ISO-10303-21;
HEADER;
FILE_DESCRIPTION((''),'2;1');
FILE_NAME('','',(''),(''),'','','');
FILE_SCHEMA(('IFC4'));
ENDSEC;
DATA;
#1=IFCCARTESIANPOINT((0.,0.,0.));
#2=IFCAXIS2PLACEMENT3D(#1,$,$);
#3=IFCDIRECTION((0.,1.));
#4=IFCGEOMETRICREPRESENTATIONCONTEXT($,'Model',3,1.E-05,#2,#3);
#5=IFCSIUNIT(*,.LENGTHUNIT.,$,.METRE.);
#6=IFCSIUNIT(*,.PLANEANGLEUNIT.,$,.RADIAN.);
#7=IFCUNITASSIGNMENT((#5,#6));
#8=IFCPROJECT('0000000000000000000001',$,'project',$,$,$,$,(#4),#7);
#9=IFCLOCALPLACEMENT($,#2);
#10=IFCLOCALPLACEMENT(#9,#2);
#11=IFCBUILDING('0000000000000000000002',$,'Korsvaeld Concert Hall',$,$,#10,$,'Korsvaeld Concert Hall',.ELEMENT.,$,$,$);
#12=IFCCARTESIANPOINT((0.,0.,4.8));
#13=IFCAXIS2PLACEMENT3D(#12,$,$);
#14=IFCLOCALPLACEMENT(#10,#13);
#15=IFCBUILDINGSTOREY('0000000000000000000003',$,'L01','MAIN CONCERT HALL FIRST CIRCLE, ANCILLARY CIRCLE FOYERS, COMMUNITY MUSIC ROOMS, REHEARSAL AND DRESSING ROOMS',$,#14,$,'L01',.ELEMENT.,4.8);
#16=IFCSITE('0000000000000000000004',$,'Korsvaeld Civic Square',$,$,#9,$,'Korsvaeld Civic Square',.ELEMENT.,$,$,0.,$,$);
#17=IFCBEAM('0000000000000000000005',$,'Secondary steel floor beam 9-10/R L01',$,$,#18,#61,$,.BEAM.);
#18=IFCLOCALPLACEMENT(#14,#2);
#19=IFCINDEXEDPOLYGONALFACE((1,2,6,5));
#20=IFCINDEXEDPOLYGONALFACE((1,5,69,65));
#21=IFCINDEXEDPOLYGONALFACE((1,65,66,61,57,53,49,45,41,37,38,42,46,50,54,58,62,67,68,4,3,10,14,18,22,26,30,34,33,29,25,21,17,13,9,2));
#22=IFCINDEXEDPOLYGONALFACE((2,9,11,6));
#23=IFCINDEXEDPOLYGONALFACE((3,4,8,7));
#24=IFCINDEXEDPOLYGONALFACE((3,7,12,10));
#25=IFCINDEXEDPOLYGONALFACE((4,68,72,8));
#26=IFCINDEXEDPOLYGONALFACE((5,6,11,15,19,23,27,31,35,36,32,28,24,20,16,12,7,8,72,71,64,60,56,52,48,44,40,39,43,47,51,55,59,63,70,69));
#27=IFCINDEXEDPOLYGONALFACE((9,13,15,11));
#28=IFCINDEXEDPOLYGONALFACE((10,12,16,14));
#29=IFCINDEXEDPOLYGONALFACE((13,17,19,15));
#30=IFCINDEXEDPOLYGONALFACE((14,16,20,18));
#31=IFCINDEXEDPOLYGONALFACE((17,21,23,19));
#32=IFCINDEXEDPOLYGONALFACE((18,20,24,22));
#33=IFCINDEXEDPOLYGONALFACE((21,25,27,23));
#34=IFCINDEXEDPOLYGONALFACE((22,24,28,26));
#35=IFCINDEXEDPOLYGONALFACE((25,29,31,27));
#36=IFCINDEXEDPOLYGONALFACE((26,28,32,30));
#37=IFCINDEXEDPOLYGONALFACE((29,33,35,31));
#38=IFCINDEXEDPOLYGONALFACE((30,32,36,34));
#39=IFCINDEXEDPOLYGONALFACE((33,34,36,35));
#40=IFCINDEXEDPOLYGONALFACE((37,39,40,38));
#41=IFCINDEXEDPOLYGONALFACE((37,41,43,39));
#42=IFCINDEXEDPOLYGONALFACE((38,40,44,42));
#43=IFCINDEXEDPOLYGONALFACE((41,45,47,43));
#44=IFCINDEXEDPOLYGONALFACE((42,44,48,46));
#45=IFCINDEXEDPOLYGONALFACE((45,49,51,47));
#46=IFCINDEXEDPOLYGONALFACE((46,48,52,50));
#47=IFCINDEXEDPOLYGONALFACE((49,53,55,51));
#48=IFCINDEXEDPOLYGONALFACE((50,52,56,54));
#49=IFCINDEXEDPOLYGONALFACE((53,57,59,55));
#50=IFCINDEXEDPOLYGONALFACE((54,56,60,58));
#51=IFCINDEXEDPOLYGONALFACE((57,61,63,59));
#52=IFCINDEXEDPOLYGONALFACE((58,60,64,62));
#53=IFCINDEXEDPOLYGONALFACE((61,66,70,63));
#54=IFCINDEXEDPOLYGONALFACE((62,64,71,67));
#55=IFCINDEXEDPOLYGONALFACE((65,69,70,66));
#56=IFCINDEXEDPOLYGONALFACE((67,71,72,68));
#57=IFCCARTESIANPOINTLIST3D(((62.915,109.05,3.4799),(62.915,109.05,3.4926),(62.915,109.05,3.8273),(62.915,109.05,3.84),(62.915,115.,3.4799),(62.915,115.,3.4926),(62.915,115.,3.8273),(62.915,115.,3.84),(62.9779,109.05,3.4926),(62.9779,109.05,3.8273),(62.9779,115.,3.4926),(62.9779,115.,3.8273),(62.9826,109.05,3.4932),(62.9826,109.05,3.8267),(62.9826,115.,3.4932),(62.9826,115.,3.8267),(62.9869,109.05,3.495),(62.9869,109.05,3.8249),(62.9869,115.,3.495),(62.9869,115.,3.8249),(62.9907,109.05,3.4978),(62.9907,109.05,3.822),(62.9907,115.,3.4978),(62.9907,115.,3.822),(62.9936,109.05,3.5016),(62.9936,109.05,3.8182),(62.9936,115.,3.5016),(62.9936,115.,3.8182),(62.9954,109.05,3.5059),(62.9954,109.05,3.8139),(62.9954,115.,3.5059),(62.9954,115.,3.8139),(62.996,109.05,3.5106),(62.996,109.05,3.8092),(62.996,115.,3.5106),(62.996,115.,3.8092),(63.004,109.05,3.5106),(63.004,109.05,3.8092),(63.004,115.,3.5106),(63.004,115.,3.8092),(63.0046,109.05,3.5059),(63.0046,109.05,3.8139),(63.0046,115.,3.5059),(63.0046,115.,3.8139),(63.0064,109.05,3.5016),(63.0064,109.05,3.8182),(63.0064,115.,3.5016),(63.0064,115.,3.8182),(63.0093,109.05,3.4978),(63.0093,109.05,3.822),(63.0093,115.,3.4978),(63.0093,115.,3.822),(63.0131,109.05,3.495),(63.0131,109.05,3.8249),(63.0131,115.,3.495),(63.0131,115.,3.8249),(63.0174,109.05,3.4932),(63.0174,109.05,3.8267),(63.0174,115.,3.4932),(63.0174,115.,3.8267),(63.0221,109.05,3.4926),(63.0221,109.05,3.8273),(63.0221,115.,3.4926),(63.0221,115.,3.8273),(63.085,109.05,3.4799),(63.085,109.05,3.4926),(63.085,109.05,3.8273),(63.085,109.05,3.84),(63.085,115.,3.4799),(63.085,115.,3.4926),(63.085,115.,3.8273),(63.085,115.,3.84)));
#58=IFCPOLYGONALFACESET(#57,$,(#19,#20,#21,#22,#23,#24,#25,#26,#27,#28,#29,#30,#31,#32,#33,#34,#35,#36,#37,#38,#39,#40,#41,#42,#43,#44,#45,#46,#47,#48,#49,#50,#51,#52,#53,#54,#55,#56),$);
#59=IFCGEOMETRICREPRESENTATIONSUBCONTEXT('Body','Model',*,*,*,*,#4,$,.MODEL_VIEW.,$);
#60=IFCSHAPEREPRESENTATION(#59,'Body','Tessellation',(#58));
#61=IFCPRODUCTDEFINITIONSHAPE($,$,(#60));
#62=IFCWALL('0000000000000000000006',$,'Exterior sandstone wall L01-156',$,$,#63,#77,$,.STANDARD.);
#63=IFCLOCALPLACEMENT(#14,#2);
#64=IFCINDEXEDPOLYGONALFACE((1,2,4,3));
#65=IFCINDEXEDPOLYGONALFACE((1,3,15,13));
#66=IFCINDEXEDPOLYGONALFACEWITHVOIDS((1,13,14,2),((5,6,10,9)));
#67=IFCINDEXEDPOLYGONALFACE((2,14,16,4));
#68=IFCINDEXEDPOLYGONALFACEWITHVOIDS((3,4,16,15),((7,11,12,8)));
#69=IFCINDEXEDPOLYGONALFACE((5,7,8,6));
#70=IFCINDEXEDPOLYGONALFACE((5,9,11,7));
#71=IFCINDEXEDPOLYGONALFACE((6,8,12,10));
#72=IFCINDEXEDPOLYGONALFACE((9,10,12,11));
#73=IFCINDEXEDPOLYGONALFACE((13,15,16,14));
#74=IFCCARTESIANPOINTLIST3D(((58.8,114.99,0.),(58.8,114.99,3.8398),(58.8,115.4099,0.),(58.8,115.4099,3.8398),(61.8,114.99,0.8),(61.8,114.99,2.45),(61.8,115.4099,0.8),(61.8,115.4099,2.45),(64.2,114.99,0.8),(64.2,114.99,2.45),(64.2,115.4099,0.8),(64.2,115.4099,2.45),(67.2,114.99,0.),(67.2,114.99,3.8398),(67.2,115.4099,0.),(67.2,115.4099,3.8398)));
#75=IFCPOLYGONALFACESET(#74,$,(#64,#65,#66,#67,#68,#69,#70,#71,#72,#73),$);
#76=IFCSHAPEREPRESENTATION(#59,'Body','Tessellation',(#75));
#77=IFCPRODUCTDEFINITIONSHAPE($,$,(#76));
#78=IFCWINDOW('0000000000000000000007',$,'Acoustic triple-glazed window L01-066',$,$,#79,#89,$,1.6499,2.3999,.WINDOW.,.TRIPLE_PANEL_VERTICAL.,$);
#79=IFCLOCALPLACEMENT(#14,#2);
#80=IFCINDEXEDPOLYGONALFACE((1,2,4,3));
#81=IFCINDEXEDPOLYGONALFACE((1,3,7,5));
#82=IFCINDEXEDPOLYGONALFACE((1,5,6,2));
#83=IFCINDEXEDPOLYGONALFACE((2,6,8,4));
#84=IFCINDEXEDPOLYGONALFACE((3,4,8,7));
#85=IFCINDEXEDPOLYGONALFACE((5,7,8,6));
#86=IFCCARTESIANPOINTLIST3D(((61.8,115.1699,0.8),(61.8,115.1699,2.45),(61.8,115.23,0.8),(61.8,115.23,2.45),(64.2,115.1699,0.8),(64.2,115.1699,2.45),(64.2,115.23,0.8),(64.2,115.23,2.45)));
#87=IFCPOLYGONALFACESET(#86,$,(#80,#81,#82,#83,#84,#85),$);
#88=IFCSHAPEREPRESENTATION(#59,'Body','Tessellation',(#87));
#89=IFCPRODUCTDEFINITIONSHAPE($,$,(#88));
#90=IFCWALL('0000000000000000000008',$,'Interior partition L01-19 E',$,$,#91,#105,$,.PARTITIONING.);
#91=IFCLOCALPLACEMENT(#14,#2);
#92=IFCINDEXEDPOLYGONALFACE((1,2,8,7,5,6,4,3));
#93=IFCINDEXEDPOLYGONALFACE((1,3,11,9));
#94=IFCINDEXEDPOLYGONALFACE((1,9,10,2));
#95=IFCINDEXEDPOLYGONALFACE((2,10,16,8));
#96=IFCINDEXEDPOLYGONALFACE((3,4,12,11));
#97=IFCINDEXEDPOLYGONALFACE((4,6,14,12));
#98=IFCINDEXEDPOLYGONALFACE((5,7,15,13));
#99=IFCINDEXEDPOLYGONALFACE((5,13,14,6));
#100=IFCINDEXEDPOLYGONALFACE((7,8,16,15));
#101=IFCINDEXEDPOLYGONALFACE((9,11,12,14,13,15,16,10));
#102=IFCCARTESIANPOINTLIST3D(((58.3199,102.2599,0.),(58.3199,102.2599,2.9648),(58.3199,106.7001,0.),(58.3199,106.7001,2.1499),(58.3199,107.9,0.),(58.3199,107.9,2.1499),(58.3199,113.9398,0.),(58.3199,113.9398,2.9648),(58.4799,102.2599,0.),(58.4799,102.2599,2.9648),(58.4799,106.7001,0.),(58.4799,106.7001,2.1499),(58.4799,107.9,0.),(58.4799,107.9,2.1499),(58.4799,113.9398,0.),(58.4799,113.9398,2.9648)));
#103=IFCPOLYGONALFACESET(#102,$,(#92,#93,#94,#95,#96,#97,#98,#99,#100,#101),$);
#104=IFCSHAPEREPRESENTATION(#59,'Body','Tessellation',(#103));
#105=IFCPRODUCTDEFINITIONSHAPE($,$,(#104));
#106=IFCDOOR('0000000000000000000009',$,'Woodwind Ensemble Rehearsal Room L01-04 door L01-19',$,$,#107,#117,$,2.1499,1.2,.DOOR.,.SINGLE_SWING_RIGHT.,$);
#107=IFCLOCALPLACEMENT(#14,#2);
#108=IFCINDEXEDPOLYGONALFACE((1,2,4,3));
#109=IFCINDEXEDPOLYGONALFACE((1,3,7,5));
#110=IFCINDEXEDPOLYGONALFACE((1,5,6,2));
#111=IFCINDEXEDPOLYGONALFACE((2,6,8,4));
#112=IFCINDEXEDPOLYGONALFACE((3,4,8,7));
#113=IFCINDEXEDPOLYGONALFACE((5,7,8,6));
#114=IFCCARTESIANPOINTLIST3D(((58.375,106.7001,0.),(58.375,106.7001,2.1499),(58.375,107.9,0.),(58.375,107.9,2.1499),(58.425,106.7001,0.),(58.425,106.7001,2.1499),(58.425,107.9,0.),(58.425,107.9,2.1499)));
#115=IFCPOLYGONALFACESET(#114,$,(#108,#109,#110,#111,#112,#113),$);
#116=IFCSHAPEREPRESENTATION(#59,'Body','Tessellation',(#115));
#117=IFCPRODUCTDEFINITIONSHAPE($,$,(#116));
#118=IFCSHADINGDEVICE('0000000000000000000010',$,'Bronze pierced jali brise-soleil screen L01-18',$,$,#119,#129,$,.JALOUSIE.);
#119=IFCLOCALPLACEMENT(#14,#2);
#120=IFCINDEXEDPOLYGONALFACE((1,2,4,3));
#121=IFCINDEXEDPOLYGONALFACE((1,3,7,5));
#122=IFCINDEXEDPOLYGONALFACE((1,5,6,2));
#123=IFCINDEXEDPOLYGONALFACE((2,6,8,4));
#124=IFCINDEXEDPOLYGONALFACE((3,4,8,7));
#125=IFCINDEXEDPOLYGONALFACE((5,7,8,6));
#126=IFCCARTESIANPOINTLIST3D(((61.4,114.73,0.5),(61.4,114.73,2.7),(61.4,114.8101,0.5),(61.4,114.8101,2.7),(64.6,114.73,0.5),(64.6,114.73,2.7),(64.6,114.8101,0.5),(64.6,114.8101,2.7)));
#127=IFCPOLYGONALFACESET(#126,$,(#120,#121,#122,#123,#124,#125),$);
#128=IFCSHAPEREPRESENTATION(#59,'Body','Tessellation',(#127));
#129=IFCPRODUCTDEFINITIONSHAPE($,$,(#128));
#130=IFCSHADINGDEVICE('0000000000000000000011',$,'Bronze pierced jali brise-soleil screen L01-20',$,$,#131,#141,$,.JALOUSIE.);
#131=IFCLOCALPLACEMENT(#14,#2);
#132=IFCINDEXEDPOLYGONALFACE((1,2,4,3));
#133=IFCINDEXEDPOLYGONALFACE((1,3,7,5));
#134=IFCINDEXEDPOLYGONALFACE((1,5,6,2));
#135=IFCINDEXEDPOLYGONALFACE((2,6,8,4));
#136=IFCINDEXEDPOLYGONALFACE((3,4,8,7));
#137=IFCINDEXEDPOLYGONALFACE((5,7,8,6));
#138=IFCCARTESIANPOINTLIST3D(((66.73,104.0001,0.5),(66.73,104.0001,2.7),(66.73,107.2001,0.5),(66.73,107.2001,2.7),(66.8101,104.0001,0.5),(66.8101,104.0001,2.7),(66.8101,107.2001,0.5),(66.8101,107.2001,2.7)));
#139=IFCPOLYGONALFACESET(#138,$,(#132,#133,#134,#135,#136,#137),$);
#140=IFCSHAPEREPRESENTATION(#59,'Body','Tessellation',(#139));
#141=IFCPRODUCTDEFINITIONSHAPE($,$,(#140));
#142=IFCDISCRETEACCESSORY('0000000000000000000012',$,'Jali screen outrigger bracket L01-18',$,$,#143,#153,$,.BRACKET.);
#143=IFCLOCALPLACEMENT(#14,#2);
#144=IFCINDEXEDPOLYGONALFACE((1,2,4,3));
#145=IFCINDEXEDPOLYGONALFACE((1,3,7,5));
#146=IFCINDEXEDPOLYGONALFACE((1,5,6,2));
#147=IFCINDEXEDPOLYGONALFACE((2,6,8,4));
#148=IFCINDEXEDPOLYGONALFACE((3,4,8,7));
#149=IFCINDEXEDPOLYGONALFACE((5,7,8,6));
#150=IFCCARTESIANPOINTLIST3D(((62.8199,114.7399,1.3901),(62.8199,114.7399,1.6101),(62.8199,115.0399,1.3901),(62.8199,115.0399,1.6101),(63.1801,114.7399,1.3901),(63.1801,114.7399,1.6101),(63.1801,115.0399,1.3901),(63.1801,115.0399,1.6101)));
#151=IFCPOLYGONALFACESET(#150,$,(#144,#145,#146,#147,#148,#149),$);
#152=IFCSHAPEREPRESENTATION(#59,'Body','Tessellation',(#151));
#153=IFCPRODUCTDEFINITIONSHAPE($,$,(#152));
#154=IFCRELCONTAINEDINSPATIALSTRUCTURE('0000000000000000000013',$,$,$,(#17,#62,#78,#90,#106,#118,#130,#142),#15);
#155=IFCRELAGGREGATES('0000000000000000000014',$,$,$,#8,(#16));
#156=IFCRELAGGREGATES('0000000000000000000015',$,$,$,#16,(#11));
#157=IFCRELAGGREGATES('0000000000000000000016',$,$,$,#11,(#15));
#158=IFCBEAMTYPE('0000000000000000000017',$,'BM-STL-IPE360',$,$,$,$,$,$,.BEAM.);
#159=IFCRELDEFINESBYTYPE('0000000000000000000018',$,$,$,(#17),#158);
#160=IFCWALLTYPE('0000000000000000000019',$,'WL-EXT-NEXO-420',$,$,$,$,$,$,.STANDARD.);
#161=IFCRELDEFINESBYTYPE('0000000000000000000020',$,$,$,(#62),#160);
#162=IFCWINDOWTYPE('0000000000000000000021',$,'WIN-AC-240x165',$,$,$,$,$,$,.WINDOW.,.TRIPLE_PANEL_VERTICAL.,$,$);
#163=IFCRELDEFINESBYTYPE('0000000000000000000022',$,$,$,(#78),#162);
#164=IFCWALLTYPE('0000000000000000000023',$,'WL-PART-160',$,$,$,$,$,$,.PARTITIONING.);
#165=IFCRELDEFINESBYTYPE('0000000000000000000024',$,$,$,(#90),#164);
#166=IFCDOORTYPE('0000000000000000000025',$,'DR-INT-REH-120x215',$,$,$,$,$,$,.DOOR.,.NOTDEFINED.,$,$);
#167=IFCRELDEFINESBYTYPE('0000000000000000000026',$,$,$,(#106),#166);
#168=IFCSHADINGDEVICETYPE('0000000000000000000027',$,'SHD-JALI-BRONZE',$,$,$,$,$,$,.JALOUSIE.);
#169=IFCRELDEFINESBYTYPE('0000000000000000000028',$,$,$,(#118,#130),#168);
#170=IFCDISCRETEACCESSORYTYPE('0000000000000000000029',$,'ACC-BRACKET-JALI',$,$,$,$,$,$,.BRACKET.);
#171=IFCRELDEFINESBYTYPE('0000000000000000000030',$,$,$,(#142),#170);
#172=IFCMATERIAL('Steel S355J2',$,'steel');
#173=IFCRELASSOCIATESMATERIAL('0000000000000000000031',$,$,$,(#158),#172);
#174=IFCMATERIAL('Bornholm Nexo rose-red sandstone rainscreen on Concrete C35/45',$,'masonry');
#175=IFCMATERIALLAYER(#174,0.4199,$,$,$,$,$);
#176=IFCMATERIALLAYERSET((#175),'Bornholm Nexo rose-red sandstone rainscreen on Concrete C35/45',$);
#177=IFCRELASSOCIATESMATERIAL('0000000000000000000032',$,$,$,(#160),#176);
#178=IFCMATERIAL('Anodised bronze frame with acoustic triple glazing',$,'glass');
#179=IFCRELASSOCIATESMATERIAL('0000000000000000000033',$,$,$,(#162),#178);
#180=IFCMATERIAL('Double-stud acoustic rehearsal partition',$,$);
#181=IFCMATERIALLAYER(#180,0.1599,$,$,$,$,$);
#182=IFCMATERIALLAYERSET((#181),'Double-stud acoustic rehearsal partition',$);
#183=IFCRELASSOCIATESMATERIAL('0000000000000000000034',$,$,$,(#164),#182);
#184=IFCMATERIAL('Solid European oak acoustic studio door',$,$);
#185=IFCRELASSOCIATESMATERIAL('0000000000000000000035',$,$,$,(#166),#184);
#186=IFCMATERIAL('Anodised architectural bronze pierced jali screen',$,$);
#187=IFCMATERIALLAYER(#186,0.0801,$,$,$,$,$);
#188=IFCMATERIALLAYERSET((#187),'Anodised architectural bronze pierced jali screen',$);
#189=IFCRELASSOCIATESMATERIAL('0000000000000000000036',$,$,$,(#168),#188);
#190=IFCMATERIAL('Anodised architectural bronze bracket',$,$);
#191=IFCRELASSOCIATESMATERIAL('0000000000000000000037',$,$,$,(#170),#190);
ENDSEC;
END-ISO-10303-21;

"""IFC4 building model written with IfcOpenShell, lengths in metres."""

from ifc_helpers import new_model, si_unit, direction, frame, frame_2d, origin, origin_2d, place, context, subcontext, project, spatial, rectangle, i_section, extrude, material, layer, layer_set, material_profile, profile_set, type_object, element, fill, save


model = new_model("IFC4")

# Units and contexts
model_context = context("Model", 3, precision=1e-05, world=origin(), true_north=direction((0.0, 1.0)))
body_context = subcontext(model_context, "Body", "Model", "MODEL_VIEW")
ifc_project = project(units=[si_unit("LENGTHUNIT", "METRE"), si_unit("PLANEANGLEUNIT", "RADIAN")], contexts=[model_context])

# Site, building, storey
site_placement = place(None, origin())
site = spatial("IfcSite", under=ifc_project, at=site_placement, Name="Korsvaeld Civic Square", LongName="Korsvaeld Civic Square", CompositionType="ELEMENT", RefElevation=0.0)
building_placement = place(site_placement, origin())
building = spatial("IfcBuilding", under=site, at=building_placement, Name="Korsvaeld Concert Hall", LongName="Korsvaeld Concert Hall", CompositionType="ELEMENT")
storey_placement = place(building_placement, frame((0.0, 0.0, 4.8)))
storey = spatial("IfcBuildingStorey", under=building, at=storey_placement, Name="L01", Description="MAIN CONCERT HALL FIRST CIRCLE, ANCILLARY CIRCLE FOYERS, COMMUNITY MUSIC ROOMS, REHEARSAL AND DRESSING ROOMS", LongName="L01", CompositionType="ELEMENT", Elevation=4.8)

# Beam
ifc_material_1 = material(Name="Steel S355J2", Category="steel")
ifc_material_profile_1 = material_profile(ifc_material_1, i_section(OverallWidth=0.1699, OverallDepth=0.3601, WebThickness=0.0081, FlangeThickness=0.0127, FilletRadius=0.0181, at=origin_2d()), Name="IPE 360")
ifc_profile_set_1 = profile_set([ifc_material_profile_1], Name="Steel S355J2")
beam_type_1 = type_object("IfcBeamType", Name="BM-STL-IPE360", PredefinedType="BEAM", material=ifc_profile_set_1)
beam_1_placement = place(storey_placement, frame((63.0, 109.05, 3.6599), z_axis=(0.0, 1.0, 0.0), x_axis=(-1.0, 0.0, 0.0)))
element("IfcBeam", 1, at=beam_1_placement, inside=storey, type_object=beam_type_1, Name="Secondary steel floor beam 9-10/R L01", PredefinedType="BEAM", context=body_context, shape_type="SweptSolid", body=[
    extrude(i_section(OverallWidth=0.1699, OverallDepth=0.3601, WebThickness=0.0081, FlangeThickness=0.0127, FilletRadius=0.0181, at=origin_2d()), origin(), (0.0, 0.0, 1.0), 5.95),
])

# Wall, opening, window
ifc_material_2 = material(Name="Bornholm Nexo rose-red sandstone rainscreen on Concrete C35/45", Category="masonry")
ifc_layer_1 = layer(ifc_material_2, 0.4199)
ifc_layer_set_1 = layer_set([ifc_layer_1], Name="Bornholm Nexo rose-red sandstone rainscreen on Concrete C35/45")
wall_type_1 = type_object("IfcWallType", Name="WL-EXT-NEXO-420", PredefinedType="STANDARD", material=ifc_layer_set_1)
wall_1_placement = place(storey_placement, frame((58.8, 115.2, 0.0), z_axis=(0.0, 0.0, 1.0), x_axis=(1.0, 0.0, 0.0)))
wall_1 = element("IfcWall", 2, at=wall_1_placement, inside=storey, type_object=wall_type_1, Name="Exterior sandstone wall L01-156", PredefinedType="STANDARD", context=body_context, shape_type="SweptSolid", body=[
    extrude(rectangle(XDim=8.3999, YDim=0.4199, at=frame_2d((4.2, 0.0))), origin(), (0.0, 0.0, 1.0), 3.8398),
])
opening_1_placement = place(wall_1_placement, frame((3.0, 0.0, 0.8)))
opening_1 = element("IfcOpeningElement", 3, at=opening_1_placement, cuts=wall_1, PredefinedType="OPENING", context=body_context, shape_type="SweptSolid", body=[
    extrude(rectangle(XDim=2.3999, YDim=1.6499, at=frame_2d((1.2, 0.825))), frame((0.0, 0.22, 0.0), z_axis=(0.0, -1.0, 0.0), x_axis=(1.0, 0.0, 0.0)), (0.0, 0.0, 1.0), 0.4399),
])
ifc_material_3 = material(Name="Anodised bronze frame with acoustic triple glazing", Category="glass")
window_type = type_object("IfcWindowType", Name="WIN-AC-240x165", PartitioningType="TRIPLE_PANEL_VERTICAL", PredefinedType="WINDOW", material=ifc_material_3)
window_placement = place(opening_1_placement, origin())
window = element("IfcWindow", 4, at=window_placement, inside=storey, type_object=window_type, Name="Acoustic triple-glazed window L01-066", OverallHeight=1.6499, OverallWidth=2.3999, PartitioningType="TRIPLE_PANEL_VERTICAL", PredefinedType="WINDOW", context=body_context, shape_type="SweptSolid", body=[
    extrude(rectangle(XDim=2.3999, YDim=1.6499, at=frame_2d((1.2, 0.825))), frame((0.0, 0.03, 0.0), z_axis=(0.0, -1.0, 0.0), x_axis=(1.0, 0.0, 0.0)), (0.0, 0.0, 1.0), 0.0601),
])
fill(opening_1, window)

# Wall, opening, door
ifc_material_4 = material(Name="Double-stud acoustic rehearsal partition")
ifc_layer_2 = layer(ifc_material_4, 0.1599)
ifc_layer_set_2 = layer_set([ifc_layer_2], Name="Double-stud acoustic rehearsal partition")
wall_type_2 = type_object("IfcWallType", Name="WL-PART-160", PredefinedType="PARTITIONING", material=ifc_layer_set_2)
wall_2_placement = place(storey_placement, frame((58.3999, 102.26, 0.0), z_axis=(0.0, 0.0, 1.0), x_axis=(0.0, 1.0, 0.0)))
wall_2 = element("IfcWall", 5, at=wall_2_placement, inside=storey, type_object=wall_type_2, Name="Interior partition L01-19 E", PredefinedType="PARTITIONING", context=body_context, shape_type="SweptSolid", body=[
    extrude(rectangle(XDim=11.6799, YDim=0.1599, at=frame_2d((5.8398, 0.0))), origin(), (0.0, 0.0, 1.0), 2.9648),
])
opening_2_placement = place(wall_2_placement, frame((4.4399, 0.0, 0.0)))
opening_2 = element("IfcOpeningElement", 6, at=opening_2_placement, cuts=wall_2, PredefinedType="OPENING", context=body_context, shape_type="SweptSolid", body=[
    extrude(rectangle(XDim=1.2, YDim=2.1499, at=frame_2d((0.6001, 1.075))), frame((0.0, 0.0898, 0.0), z_axis=(0.0, -1.0, 0.0), x_axis=(1.0, 0.0, 0.0)), (0.0, 0.0, 1.0), 0.1799),
])
ifc_material_5 = material(Name="Solid European oak acoustic studio door")
door_type = type_object("IfcDoorType", Name="DR-INT-REH-120x215", OperationType="NOTDEFINED", PredefinedType="DOOR", material=ifc_material_5)
door_placement = place(opening_2_placement, origin())
door = element("IfcDoor", 7, at=door_placement, inside=storey, type_object=door_type, Name="Woodwind Ensemble Rehearsal Room L01-04 door L01-19", OperationType="SINGLE_SWING_RIGHT", OverallHeight=2.1499, OverallWidth=1.2, PredefinedType="DOOR", context=body_context, shape_type="SweptSolid", body=[
    extrude(rectangle(XDim=1.2, YDim=2.1499, at=frame_2d((0.6001, 1.075))), frame((0.0, 0.0249, 0.0), z_axis=(0.0, -1.0, 0.0), x_axis=(1.0, 0.0, 0.0)), (0.0, 0.0, 1.0), 0.05),
])
fill(opening_2, door)

# Shading devices
ifc_material_6 = material(Name="Anodised architectural bronze pierced jali screen")
ifc_layer_3 = layer(ifc_material_6, 0.0801)
ifc_layer_set_3 = layer_set([ifc_layer_3], Name="Anodised architectural bronze pierced jali screen")
shading_device_type = type_object("IfcShadingDeviceType", Name="SHD-JALI-BRONZE", PredefinedType="JALOUSIE", material=ifc_layer_set_3)
for number, where, z_axis, x_axis, name in (
    (8, (63.0, 114.77, 0.5), (0.0, 0.0, 1.0), (1.0, 0.0, 0.0), "Bronze pierced jali brise-soleil screen L01-18"),
    (9, (66.77, 105.6001, 0.5), (0.0, 0.0, 1.0), (0.0, -1.0, 0.0), "Bronze pierced jali brise-soleil screen L01-20"),
):
    element("IfcShadingDevice", number, at=place(storey_placement, frame(where, z_axis=z_axis, x_axis=x_axis)), inside=storey, type_object=shading_device_type, Name=name, PredefinedType="JALOUSIE", context=body_context, shape_type="SweptSolid", body=[
        extrude(rectangle(XDim=3.2, YDim=0.0801, at=origin_2d()), origin(), (0.0, 0.0, 1.0), 2.2),
    ])

# Discrete accessory
ifc_material_7 = material(Name="Anodised architectural bronze bracket")
discrete_accessory_type = type_object("IfcDiscreteAccessoryType", Name="ACC-BRACKET-JALI", PredefinedType="BRACKET", material=ifc_material_7)
discrete_accessory_placement = place(storey_placement, frame((63.0, 114.8899, 1.3901), z_axis=(0.0, 0.0, 1.0), x_axis=(1.0, 0.0, 0.0)))
element("IfcDiscreteAccessory", 10, at=discrete_accessory_placement, inside=storey, type_object=discrete_accessory_type, Name="Jali screen outrigger bracket L01-18", PredefinedType="BRACKET", context=body_context, shape_type="SweptSolid", body=[
    extrude(rectangle(XDim=0.3601, YDim=0.3, at=origin_2d()), origin(), (0.0, 0.0, 1.0), 0.22),
])

save(model, "model.ifc")
